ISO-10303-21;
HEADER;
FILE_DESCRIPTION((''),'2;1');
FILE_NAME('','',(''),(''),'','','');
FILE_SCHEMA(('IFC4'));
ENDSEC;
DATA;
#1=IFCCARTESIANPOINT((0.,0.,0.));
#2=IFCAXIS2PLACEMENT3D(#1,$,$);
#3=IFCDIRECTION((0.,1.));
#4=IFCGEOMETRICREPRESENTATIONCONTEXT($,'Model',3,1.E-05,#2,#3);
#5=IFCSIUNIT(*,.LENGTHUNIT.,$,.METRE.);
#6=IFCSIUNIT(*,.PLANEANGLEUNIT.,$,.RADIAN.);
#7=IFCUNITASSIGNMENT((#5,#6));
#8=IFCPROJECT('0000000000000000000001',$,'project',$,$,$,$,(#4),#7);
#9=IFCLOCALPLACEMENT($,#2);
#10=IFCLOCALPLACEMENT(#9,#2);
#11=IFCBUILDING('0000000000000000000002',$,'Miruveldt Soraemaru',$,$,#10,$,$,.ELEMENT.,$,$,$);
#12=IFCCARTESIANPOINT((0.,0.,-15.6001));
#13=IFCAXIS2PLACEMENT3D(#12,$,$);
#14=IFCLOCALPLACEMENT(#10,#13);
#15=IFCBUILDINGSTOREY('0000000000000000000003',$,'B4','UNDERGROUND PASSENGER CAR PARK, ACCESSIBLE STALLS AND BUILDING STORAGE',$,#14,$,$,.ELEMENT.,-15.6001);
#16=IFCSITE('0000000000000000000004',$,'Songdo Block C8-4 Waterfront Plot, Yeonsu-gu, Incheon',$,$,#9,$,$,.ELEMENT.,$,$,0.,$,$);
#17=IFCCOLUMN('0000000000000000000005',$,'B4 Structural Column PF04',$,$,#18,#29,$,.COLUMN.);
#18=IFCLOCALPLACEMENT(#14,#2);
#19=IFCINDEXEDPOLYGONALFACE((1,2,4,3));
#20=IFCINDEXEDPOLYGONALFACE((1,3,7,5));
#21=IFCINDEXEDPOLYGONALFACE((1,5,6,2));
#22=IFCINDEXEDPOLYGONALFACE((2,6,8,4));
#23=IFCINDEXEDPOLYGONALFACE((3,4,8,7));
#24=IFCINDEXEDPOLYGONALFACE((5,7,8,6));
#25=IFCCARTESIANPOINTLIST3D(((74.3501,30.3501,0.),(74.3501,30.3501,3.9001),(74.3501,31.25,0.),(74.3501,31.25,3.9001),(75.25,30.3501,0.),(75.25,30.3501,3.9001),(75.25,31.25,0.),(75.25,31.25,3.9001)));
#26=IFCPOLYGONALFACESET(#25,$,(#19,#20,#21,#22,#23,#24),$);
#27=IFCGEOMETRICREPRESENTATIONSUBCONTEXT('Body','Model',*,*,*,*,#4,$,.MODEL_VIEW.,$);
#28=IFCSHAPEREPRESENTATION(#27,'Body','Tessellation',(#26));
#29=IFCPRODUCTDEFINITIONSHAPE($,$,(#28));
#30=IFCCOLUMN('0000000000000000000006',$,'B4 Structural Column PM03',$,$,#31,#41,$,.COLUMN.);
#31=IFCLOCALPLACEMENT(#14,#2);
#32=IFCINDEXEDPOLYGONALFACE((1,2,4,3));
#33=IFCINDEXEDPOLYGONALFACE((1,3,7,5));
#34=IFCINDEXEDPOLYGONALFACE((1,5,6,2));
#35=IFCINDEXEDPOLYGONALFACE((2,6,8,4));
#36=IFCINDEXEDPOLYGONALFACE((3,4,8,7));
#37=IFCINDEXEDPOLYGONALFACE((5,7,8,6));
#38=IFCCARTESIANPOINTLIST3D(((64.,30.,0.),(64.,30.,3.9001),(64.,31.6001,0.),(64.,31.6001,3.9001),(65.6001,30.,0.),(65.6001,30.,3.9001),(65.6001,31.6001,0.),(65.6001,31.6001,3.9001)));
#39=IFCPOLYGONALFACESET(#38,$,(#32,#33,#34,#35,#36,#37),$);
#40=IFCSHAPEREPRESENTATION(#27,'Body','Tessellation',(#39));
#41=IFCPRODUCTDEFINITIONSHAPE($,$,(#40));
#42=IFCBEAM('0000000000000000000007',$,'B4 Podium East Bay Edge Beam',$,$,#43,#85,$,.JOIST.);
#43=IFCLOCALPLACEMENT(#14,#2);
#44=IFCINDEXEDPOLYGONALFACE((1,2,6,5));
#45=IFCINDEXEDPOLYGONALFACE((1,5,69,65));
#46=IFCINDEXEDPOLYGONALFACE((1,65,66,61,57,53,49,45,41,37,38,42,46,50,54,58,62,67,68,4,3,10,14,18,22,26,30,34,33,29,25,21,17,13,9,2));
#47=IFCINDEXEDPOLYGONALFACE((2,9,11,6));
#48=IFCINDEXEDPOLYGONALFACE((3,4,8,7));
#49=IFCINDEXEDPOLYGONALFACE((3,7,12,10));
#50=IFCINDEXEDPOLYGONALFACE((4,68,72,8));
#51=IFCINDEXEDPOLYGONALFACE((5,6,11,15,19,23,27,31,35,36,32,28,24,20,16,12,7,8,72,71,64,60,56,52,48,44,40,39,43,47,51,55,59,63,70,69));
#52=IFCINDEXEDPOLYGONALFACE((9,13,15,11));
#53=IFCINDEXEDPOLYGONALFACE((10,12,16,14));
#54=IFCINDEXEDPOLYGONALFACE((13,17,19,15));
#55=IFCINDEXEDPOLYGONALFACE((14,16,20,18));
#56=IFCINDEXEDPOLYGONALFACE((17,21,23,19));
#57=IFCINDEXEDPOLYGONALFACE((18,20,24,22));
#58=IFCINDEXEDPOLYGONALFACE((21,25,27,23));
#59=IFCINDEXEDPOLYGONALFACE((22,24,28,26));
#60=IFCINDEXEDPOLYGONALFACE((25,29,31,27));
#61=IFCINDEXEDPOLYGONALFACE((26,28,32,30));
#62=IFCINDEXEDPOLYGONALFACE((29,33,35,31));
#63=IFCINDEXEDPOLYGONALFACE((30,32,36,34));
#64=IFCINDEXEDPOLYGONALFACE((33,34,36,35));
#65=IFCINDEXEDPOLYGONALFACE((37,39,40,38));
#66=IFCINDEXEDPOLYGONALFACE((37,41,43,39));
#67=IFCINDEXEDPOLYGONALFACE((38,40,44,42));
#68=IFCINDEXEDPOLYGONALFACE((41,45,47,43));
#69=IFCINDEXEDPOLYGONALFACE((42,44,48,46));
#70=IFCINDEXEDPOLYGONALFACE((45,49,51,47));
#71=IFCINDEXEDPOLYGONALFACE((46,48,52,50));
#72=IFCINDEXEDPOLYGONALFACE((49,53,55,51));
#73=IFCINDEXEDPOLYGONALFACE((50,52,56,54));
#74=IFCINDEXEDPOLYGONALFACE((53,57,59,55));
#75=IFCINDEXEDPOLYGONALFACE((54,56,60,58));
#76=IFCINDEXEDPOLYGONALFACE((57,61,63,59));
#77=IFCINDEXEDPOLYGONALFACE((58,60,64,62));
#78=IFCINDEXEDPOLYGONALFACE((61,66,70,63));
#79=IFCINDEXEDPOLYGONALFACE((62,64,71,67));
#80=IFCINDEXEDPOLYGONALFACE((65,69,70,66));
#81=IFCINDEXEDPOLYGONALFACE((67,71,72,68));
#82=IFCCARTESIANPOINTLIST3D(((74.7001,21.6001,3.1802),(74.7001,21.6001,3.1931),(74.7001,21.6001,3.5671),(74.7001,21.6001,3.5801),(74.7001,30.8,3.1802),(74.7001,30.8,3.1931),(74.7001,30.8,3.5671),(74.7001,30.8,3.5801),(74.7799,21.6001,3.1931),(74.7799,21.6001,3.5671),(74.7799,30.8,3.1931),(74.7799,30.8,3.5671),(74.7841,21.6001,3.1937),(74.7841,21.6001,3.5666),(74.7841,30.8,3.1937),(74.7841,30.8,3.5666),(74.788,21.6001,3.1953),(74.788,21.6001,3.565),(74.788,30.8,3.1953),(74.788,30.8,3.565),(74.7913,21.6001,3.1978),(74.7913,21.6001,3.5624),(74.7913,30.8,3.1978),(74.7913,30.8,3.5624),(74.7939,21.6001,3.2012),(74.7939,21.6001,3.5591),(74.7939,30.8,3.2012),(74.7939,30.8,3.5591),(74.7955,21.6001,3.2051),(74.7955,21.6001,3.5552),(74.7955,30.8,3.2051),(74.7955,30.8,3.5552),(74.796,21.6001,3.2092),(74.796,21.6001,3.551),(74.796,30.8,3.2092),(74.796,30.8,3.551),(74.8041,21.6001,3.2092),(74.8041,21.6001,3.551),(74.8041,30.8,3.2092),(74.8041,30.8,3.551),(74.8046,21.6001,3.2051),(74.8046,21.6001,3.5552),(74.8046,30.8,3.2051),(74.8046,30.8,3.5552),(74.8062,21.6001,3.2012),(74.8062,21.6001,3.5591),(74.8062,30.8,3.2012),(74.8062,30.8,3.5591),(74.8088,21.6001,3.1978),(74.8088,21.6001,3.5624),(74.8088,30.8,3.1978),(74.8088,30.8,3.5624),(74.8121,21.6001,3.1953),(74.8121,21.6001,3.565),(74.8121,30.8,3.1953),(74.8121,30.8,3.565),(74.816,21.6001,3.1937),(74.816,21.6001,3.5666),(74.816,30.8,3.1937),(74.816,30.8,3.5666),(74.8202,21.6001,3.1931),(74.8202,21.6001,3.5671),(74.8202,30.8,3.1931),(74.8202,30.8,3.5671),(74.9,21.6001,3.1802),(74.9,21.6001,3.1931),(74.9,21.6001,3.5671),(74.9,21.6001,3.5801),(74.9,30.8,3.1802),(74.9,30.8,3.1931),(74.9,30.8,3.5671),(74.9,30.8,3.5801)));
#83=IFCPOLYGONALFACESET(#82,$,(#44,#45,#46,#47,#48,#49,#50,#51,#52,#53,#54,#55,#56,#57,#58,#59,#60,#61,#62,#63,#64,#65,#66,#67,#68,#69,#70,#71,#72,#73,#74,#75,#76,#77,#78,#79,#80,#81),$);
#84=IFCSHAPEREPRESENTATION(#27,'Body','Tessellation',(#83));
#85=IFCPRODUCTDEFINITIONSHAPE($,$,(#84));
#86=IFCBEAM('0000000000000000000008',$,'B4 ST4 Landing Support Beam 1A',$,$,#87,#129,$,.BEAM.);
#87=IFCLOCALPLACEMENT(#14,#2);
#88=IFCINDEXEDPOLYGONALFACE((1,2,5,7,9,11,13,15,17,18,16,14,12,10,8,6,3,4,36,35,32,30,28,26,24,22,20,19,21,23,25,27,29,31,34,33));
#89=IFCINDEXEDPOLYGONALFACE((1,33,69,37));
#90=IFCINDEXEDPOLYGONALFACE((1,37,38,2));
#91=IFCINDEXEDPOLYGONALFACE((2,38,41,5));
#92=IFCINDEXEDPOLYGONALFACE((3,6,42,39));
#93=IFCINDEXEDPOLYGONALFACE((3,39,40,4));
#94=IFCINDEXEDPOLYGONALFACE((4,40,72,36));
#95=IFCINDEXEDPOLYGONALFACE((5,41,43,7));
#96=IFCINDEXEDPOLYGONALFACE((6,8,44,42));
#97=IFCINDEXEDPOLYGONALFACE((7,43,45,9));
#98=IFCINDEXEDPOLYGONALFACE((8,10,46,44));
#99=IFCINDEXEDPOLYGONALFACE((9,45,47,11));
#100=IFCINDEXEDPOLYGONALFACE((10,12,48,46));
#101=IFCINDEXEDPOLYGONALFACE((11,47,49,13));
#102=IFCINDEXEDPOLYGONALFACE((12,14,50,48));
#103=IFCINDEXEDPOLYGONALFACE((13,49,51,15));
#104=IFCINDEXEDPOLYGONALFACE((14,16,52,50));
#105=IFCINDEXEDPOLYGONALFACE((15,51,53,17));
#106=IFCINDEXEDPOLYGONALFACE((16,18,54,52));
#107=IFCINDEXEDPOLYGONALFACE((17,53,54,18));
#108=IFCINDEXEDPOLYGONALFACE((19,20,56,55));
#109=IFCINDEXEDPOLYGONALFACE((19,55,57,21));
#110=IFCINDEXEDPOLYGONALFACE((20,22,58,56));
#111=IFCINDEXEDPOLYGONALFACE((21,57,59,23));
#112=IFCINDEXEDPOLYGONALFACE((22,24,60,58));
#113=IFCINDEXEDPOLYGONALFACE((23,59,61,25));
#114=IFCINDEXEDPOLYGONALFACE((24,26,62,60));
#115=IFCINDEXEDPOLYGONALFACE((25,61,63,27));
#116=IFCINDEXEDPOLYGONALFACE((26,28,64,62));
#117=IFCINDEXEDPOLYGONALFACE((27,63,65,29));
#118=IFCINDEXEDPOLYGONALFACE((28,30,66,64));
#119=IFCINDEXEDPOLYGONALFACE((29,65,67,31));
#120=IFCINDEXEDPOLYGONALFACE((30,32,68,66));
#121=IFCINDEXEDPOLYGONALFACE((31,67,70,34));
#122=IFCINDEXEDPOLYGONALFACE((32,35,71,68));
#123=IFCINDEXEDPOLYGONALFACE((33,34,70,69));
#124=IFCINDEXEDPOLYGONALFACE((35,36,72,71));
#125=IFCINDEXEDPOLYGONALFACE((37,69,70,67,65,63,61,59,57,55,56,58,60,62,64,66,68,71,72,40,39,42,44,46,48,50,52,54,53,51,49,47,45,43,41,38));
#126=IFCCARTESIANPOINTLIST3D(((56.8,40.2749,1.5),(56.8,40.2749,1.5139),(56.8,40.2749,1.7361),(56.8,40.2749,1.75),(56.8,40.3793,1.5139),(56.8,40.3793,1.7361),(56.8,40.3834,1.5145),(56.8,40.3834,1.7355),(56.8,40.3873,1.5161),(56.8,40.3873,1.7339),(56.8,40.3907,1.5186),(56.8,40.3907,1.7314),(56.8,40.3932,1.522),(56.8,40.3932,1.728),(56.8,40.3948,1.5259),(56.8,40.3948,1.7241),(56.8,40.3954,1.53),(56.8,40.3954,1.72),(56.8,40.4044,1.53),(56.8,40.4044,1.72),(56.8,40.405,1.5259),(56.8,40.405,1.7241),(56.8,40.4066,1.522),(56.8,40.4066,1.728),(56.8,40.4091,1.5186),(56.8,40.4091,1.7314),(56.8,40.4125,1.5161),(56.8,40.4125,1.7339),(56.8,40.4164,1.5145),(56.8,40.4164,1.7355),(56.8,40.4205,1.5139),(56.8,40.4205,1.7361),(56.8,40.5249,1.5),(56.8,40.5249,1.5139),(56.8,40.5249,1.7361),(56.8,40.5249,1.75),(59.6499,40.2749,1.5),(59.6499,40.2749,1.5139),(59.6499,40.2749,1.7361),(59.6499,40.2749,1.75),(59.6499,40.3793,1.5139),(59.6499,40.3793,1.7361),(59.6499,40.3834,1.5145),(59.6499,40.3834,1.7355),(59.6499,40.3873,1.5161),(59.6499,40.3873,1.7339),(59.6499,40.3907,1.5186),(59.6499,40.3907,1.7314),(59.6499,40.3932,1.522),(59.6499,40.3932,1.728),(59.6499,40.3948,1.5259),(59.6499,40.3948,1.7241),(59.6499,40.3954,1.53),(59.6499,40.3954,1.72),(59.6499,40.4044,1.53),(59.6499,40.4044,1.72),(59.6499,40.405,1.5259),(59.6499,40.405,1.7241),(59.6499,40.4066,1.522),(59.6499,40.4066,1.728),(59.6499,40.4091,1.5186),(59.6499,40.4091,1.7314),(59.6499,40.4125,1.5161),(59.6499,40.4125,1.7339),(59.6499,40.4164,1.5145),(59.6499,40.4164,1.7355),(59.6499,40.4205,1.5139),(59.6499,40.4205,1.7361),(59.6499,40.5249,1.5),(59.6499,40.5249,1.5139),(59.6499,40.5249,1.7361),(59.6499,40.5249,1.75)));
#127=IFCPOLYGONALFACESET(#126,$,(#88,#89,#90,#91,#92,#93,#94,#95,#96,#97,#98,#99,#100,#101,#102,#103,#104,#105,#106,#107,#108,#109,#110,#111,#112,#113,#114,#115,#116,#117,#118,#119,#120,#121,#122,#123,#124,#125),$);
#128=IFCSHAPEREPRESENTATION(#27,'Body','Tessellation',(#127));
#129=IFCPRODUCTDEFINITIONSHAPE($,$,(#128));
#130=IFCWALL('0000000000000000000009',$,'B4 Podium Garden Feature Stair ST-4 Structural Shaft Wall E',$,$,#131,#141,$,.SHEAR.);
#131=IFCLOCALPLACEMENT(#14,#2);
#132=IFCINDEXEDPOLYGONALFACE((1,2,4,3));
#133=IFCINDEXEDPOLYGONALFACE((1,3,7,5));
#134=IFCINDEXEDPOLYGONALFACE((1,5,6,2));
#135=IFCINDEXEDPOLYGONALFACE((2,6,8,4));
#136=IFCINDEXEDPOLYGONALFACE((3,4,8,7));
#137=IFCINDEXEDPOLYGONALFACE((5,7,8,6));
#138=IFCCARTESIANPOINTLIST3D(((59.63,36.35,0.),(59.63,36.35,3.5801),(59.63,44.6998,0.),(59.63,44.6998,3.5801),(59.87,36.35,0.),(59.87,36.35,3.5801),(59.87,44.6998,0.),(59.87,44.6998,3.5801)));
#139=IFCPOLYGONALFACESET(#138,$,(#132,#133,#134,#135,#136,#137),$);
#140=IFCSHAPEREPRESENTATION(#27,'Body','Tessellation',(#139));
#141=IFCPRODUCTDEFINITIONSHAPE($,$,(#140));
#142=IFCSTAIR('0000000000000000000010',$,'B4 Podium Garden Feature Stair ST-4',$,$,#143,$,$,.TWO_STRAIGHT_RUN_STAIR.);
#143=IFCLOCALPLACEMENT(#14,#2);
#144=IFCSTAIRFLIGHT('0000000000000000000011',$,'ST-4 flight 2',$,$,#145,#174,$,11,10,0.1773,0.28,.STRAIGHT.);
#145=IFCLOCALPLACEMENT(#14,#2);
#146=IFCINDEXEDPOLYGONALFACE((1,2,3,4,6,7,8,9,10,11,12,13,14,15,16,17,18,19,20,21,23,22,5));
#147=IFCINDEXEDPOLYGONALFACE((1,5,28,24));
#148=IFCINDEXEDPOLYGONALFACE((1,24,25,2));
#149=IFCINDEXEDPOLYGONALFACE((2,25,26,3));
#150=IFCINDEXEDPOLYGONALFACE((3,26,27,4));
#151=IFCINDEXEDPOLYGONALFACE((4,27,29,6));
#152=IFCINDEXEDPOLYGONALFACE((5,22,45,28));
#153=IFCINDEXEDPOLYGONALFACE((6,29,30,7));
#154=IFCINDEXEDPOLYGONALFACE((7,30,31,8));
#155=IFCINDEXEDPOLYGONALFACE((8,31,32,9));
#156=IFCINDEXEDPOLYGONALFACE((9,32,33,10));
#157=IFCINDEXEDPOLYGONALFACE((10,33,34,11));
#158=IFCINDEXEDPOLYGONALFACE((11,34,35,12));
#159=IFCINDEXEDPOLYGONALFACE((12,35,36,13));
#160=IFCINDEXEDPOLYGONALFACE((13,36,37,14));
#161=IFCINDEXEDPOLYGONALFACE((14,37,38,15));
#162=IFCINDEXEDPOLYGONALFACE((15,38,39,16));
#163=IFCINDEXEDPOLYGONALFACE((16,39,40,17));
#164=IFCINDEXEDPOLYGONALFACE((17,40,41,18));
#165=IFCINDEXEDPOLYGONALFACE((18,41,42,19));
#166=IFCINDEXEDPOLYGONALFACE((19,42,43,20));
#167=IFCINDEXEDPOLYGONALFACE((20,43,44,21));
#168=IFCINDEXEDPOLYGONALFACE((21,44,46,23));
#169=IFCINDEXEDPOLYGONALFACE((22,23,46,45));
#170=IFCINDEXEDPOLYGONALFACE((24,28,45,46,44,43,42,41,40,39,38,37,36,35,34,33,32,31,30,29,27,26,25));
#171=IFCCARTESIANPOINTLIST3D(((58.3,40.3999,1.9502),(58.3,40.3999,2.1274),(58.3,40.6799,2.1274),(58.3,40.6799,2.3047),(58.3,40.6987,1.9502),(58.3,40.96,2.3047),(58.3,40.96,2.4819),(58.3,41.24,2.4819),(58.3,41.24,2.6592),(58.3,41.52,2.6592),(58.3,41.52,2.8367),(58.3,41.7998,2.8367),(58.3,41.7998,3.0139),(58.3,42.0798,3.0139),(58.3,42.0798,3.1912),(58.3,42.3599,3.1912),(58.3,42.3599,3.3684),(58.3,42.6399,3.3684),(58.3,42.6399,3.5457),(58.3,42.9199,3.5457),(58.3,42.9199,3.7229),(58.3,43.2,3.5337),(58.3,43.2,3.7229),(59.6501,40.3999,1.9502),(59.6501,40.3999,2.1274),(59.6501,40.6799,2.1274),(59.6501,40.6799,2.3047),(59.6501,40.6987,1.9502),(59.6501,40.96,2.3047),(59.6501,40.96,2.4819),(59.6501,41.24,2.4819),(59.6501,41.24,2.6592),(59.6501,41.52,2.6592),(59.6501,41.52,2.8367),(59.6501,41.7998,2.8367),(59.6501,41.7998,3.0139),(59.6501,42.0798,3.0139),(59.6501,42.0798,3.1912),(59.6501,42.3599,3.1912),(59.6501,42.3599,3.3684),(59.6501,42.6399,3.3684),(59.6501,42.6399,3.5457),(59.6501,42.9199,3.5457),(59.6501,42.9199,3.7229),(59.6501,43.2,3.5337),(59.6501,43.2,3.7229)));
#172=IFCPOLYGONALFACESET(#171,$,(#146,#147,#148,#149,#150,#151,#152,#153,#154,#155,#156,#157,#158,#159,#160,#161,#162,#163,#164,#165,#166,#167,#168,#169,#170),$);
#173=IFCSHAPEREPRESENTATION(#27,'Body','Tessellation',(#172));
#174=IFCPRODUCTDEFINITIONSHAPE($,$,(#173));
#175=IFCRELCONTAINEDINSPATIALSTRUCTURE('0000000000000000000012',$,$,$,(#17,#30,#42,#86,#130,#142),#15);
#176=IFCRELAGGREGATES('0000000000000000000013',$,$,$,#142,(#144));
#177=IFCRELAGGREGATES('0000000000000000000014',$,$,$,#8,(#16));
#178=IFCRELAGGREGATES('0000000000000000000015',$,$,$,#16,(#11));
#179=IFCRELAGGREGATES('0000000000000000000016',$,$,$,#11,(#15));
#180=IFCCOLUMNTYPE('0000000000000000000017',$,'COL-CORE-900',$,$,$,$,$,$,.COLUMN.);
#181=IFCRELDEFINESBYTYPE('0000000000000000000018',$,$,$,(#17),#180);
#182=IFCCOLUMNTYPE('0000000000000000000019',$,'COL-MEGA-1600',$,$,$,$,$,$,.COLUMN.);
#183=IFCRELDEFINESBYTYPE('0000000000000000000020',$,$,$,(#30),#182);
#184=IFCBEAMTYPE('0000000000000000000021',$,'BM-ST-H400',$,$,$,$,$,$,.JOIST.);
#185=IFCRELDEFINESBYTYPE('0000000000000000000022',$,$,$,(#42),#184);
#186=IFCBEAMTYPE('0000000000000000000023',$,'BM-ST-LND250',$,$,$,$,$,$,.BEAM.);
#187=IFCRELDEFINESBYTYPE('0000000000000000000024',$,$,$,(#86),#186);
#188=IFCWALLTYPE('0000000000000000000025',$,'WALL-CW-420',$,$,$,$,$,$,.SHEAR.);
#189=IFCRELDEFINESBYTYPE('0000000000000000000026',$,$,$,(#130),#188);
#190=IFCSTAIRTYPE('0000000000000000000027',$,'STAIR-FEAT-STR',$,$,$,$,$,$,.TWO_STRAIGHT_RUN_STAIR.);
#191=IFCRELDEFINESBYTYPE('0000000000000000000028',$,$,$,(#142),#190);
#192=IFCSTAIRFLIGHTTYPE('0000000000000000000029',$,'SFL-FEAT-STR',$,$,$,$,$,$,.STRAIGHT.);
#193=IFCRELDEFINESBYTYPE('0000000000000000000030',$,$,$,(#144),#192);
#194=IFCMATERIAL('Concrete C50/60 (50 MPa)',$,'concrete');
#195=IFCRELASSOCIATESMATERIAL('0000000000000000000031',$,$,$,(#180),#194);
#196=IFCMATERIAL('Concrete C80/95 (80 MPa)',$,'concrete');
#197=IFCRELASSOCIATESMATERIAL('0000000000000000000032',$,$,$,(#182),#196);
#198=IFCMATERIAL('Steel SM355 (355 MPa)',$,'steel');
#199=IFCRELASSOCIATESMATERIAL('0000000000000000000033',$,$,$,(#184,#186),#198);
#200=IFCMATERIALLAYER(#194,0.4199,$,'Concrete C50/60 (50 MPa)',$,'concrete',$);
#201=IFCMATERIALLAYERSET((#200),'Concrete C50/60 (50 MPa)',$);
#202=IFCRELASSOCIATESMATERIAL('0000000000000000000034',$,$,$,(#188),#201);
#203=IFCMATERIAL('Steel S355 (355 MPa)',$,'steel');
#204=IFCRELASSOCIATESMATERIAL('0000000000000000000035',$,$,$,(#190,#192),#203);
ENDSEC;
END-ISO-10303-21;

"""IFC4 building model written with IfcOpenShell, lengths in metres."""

from ifc_helpers import new_model, si_unit, direction, frame, frame_2d, origin, origin_2d, place, context, subcontext, project, spatial, polyline, rectangle, i_section, outline, extrude, material, layer, layer_set, material_profile, profile_set, type_object, element, aggregate, save


model = new_model("IFC4")

# Units and contexts
model_context = context("Model", 3, precision=1e-05, world=origin(), true_north=direction((0.0, 1.0)))
body_context = subcontext(model_context, "Body", "Model", "MODEL_VIEW")
ifc_project = project(units=[si_unit("LENGTHUNIT", "METRE"), si_unit("PLANEANGLEUNIT", "RADIAN")], contexts=[model_context])

# Site, building, storey
site_placement = place(None, origin())
site = spatial("IfcSite", under=ifc_project, at=site_placement, Name="Songdo Block C8-4 Waterfront Plot, Yeonsu-gu, Incheon", CompositionType="ELEMENT", RefElevation=0.0)
building_placement = place(site_placement, origin())
building = spatial("IfcBuilding", under=site, at=building_placement, Name="Miruveldt Soraemaru", CompositionType="ELEMENT")
storey_placement = place(building_placement, frame((0.0, 0.0, -15.6001)))
storey = spatial("IfcBuildingStorey", under=building, at=storey_placement, Name="B4", Description="UNDERGROUND PASSENGER CAR PARK, ACCESSIBLE STALLS AND BUILDING STORAGE", CompositionType="ELEMENT", Elevation=-15.6001)

# Shared definitions
ifc_material_1 = material(Name="Concrete C50/60 (50 MPa)", Category="concrete")

# Columns
ifc_material_profile_1 = material_profile(ifc_material_1, rectangle(XDim=0.8999, YDim=0.8999, at=origin_2d()), Name="Concrete C50/60 (50 MPa)", Category="concrete")
ifc_profile_set_1 = profile_set([ifc_material_profile_1], Name="Concrete C50/60 (50 MPa)")
column_type_1 = type_object("IfcColumnType", Name="COL-CORE-900", PredefinedType="COLUMN", material=ifc_profile_set_1)
column_1_placement = place(storey_placement, frame((74.8, 30.8, 0.0), z_axis=(0.0, 0.0, 1.0), x_axis=(1.0, 0.0, 0.0)))
element("IfcColumn", 1, at=column_1_placement, inside=storey, type_object=column_type_1, Name="B4 Structural Column PF04", PredefinedType="COLUMN", context=body_context, shape_type="SweptSolid", body=[
    extrude(rectangle(XDim=0.8999, YDim=0.8999, at=origin_2d()), origin(), (0.0, 0.0, 1.0), 3.9001),
])
ifc_material_2 = material(Name="Concrete C80/95 (80 MPa)", Category="concrete")
ifc_material_profile_2 = material_profile(ifc_material_2, rectangle(XDim=1.6001, YDim=1.6001, at=origin_2d()), Name="Concrete C80/95 (80 MPa)", Category="concrete")
ifc_profile_set_2 = profile_set([ifc_material_profile_2], Name="Concrete C80/95 (80 MPa)")
column_type_2 = type_object("IfcColumnType", Name="COL-MEGA-1600", PredefinedType="COLUMN", material=ifc_profile_set_2)
column_2_placement = place(storey_placement, frame((64.8, 30.8, 0.0), z_axis=(0.0, 0.0, 1.0), x_axis=(1.0, 0.0, 0.0)))
element("IfcColumn", 2, at=column_2_placement, inside=storey, type_object=column_type_2, Name="B4 Structural Column PM03", PredefinedType="COLUMN", context=body_context, shape_type="SweptSolid", body=[
    extrude(rectangle(XDim=1.6001, YDim=1.6001, at=origin_2d()), origin(), (0.0, 0.0, 1.0), 3.9001),
])

# Beams
ifc_material_3 = material(Name="Steel SM355 (355 MPa)", Category="steel")
ifc_material_profile_3 = material_profile(ifc_material_3, i_section(OverallWidth=0.2, OverallDepth=0.3999, WebThickness=0.0081, FlangeThickness=0.0129, FilletRadius=0.0161, at=origin_2d()), Name="Steel SM355 (355 MPa)", Category="steel")
ifc_profile_set_3 = profile_set([ifc_material_profile_3], Name="Steel SM355 (355 MPa)")
beam_type_1 = type_object("IfcBeamType", Name="BM-ST-H400", PredefinedType="JOIST", material=ifc_profile_set_3)
beam_1_placement = place(storey_placement, frame((74.8, 30.8, 3.3801), z_axis=(0.0, -1.0, 0.0), x_axis=(1.0, 0.0, 0.0)))
element("IfcBeam", 3, at=beam_1_placement, inside=storey, type_object=beam_type_1, Name="B4 Podium East Bay Edge Beam", PredefinedType="JOIST", context=body_context, shape_type="SweptSolid", body=[
    extrude(i_section(OverallWidth=0.2, OverallDepth=0.3999, WebThickness=0.0081, FlangeThickness=0.0129, FilletRadius=0.0161, at=origin_2d()), origin(), (0.0, 0.0, 1.0), 9.2),
])
ifc_material_profile_4 = material_profile(ifc_material_3, i_section(OverallWidth=0.25, OverallDepth=0.25, WebThickness=0.009, FlangeThickness=0.0139, FilletRadius=0.0161, at=origin_2d()), Name="Steel SM355 (355 MPa)", Category="steel")
ifc_profile_set_4 = profile_set([ifc_material_profile_4], Name="Steel SM355 (355 MPa)")
beam_type_2 = type_object("IfcBeamType", Name="BM-ST-LND250", PredefinedType="BEAM", material=ifc_profile_set_4)
beam_2_placement = place(storey_placement, frame((56.8, 40.3999, 1.625), z_axis=(1.0, 0.0, 0.0), x_axis=(0.0, 1.0, 0.0)))
element("IfcBeam", 4, at=beam_2_placement, inside=storey, type_object=beam_type_2, Name="B4 ST4 Landing Support Beam 1A", PredefinedType="BEAM", context=body_context, shape_type="SweptSolid", body=[
    extrude(i_section(OverallWidth=0.25, OverallDepth=0.25, WebThickness=0.009, FlangeThickness=0.0139, FilletRadius=0.0161, at=origin_2d()), origin(), (0.0, 0.0, 1.0), 2.8499),
])

# Wall
ifc_layer = layer(ifc_material_1, 0.4199, Name="Concrete C50/60 (50 MPa)", Category="concrete")
ifc_layer_set = layer_set([ifc_layer], Name="Concrete C50/60 (50 MPa)")
wall_type = type_object("IfcWallType", Name="WALL-CW-420", PredefinedType="SHEAR", material=ifc_layer_set)
wall_placement = place(storey_placement, frame((59.75, 36.3501, 0.0), z_axis=(0.0, 0.0, 1.0), x_axis=(0.0, 1.0, 0.0)))
element("IfcWall", 5, at=wall_placement, inside=storey, type_object=wall_type, Name="B4 Podium Garden Feature Stair ST-4 Structural Shaft Wall E", PredefinedType="SHEAR", context=body_context, shape_type="SweptSolid", body=[
    extrude(rectangle(XDim=8.3499, YDim=0.24, at=frame_2d((4.1748, 0.0))), origin(), (0.0, 0.0, 1.0), 3.5801),
])

# Stair, stair flight
ifc_material_4 = material(Name="Steel S355 (355 MPa)", Category="steel")
stair_type = type_object("IfcStairType", Name="STAIR-FEAT-STR", PredefinedType="TWO_STRAIGHT_RUN_STAIR", material=ifc_material_4)
stair_1_placement = place(storey_placement, origin())
stair_1 = element("IfcStair", 6, at=stair_1_placement, inside=storey, type_object=stair_type, Name="B4 Podium Garden Feature Stair ST-4", PredefinedType="TWO_STRAIGHT_RUN_STAIR")
stair_flight_type = type_object("IfcStairFlightType", Name="SFL-FEAT-STR", PredefinedType="STRAIGHT", material=ifc_material_4)
stair_flight_1_placement = place(storey_placement, frame((58.9751, 40.3999, 1.9502), z_axis=(0.0, 0.0, 1.0), x_axis=(0.0, 1.0, 0.0)))
stair_flight_1 = element("IfcStairFlight", 7, at=stair_flight_1_placement, type_object=stair_flight_type, Name="ST-4 flight 2", NumberOfRisers=11, NumberOfTreads=10, PredefinedType="STRAIGHT", RiserHeight=0.1773, TreadLength=0.28, context=body_context, shape_type="SweptSolid", body=[
    extrude(outline(polyline([(0.0, 0.0), (0.0, 0.1772), (0.28, 0.1772), (0.28, 0.3545), (0.5601, 0.3545), (0.5601, 0.5317), (0.8401, 0.5317), (0.8401, 0.709), (1.1201, 0.709), (1.1201, 0.8865), (1.3999, 0.8865), (1.3999, 1.0637), (1.6799, 1.0637), (1.6799, 1.241), (1.96, 1.241), (1.96, 1.4182), (2.24, 1.4182), (2.24, 1.5955), (2.52, 1.5955), (2.52, 1.7727), (2.8, 1.7727), (2.8, 1.95), (2.8, 1.5835), (0.2988, 0.0), (0.0, 0.0)])), frame((0.0, 0.675, 0.0), z_axis=(0.0, -1.0, 0.0), x_axis=(1.0, 0.0, 0.0)), (0.0, 0.0, 1.0), 1.3501),
])
aggregate(stair_1, [stair_flight_1])

save(model, "model.ifc")
